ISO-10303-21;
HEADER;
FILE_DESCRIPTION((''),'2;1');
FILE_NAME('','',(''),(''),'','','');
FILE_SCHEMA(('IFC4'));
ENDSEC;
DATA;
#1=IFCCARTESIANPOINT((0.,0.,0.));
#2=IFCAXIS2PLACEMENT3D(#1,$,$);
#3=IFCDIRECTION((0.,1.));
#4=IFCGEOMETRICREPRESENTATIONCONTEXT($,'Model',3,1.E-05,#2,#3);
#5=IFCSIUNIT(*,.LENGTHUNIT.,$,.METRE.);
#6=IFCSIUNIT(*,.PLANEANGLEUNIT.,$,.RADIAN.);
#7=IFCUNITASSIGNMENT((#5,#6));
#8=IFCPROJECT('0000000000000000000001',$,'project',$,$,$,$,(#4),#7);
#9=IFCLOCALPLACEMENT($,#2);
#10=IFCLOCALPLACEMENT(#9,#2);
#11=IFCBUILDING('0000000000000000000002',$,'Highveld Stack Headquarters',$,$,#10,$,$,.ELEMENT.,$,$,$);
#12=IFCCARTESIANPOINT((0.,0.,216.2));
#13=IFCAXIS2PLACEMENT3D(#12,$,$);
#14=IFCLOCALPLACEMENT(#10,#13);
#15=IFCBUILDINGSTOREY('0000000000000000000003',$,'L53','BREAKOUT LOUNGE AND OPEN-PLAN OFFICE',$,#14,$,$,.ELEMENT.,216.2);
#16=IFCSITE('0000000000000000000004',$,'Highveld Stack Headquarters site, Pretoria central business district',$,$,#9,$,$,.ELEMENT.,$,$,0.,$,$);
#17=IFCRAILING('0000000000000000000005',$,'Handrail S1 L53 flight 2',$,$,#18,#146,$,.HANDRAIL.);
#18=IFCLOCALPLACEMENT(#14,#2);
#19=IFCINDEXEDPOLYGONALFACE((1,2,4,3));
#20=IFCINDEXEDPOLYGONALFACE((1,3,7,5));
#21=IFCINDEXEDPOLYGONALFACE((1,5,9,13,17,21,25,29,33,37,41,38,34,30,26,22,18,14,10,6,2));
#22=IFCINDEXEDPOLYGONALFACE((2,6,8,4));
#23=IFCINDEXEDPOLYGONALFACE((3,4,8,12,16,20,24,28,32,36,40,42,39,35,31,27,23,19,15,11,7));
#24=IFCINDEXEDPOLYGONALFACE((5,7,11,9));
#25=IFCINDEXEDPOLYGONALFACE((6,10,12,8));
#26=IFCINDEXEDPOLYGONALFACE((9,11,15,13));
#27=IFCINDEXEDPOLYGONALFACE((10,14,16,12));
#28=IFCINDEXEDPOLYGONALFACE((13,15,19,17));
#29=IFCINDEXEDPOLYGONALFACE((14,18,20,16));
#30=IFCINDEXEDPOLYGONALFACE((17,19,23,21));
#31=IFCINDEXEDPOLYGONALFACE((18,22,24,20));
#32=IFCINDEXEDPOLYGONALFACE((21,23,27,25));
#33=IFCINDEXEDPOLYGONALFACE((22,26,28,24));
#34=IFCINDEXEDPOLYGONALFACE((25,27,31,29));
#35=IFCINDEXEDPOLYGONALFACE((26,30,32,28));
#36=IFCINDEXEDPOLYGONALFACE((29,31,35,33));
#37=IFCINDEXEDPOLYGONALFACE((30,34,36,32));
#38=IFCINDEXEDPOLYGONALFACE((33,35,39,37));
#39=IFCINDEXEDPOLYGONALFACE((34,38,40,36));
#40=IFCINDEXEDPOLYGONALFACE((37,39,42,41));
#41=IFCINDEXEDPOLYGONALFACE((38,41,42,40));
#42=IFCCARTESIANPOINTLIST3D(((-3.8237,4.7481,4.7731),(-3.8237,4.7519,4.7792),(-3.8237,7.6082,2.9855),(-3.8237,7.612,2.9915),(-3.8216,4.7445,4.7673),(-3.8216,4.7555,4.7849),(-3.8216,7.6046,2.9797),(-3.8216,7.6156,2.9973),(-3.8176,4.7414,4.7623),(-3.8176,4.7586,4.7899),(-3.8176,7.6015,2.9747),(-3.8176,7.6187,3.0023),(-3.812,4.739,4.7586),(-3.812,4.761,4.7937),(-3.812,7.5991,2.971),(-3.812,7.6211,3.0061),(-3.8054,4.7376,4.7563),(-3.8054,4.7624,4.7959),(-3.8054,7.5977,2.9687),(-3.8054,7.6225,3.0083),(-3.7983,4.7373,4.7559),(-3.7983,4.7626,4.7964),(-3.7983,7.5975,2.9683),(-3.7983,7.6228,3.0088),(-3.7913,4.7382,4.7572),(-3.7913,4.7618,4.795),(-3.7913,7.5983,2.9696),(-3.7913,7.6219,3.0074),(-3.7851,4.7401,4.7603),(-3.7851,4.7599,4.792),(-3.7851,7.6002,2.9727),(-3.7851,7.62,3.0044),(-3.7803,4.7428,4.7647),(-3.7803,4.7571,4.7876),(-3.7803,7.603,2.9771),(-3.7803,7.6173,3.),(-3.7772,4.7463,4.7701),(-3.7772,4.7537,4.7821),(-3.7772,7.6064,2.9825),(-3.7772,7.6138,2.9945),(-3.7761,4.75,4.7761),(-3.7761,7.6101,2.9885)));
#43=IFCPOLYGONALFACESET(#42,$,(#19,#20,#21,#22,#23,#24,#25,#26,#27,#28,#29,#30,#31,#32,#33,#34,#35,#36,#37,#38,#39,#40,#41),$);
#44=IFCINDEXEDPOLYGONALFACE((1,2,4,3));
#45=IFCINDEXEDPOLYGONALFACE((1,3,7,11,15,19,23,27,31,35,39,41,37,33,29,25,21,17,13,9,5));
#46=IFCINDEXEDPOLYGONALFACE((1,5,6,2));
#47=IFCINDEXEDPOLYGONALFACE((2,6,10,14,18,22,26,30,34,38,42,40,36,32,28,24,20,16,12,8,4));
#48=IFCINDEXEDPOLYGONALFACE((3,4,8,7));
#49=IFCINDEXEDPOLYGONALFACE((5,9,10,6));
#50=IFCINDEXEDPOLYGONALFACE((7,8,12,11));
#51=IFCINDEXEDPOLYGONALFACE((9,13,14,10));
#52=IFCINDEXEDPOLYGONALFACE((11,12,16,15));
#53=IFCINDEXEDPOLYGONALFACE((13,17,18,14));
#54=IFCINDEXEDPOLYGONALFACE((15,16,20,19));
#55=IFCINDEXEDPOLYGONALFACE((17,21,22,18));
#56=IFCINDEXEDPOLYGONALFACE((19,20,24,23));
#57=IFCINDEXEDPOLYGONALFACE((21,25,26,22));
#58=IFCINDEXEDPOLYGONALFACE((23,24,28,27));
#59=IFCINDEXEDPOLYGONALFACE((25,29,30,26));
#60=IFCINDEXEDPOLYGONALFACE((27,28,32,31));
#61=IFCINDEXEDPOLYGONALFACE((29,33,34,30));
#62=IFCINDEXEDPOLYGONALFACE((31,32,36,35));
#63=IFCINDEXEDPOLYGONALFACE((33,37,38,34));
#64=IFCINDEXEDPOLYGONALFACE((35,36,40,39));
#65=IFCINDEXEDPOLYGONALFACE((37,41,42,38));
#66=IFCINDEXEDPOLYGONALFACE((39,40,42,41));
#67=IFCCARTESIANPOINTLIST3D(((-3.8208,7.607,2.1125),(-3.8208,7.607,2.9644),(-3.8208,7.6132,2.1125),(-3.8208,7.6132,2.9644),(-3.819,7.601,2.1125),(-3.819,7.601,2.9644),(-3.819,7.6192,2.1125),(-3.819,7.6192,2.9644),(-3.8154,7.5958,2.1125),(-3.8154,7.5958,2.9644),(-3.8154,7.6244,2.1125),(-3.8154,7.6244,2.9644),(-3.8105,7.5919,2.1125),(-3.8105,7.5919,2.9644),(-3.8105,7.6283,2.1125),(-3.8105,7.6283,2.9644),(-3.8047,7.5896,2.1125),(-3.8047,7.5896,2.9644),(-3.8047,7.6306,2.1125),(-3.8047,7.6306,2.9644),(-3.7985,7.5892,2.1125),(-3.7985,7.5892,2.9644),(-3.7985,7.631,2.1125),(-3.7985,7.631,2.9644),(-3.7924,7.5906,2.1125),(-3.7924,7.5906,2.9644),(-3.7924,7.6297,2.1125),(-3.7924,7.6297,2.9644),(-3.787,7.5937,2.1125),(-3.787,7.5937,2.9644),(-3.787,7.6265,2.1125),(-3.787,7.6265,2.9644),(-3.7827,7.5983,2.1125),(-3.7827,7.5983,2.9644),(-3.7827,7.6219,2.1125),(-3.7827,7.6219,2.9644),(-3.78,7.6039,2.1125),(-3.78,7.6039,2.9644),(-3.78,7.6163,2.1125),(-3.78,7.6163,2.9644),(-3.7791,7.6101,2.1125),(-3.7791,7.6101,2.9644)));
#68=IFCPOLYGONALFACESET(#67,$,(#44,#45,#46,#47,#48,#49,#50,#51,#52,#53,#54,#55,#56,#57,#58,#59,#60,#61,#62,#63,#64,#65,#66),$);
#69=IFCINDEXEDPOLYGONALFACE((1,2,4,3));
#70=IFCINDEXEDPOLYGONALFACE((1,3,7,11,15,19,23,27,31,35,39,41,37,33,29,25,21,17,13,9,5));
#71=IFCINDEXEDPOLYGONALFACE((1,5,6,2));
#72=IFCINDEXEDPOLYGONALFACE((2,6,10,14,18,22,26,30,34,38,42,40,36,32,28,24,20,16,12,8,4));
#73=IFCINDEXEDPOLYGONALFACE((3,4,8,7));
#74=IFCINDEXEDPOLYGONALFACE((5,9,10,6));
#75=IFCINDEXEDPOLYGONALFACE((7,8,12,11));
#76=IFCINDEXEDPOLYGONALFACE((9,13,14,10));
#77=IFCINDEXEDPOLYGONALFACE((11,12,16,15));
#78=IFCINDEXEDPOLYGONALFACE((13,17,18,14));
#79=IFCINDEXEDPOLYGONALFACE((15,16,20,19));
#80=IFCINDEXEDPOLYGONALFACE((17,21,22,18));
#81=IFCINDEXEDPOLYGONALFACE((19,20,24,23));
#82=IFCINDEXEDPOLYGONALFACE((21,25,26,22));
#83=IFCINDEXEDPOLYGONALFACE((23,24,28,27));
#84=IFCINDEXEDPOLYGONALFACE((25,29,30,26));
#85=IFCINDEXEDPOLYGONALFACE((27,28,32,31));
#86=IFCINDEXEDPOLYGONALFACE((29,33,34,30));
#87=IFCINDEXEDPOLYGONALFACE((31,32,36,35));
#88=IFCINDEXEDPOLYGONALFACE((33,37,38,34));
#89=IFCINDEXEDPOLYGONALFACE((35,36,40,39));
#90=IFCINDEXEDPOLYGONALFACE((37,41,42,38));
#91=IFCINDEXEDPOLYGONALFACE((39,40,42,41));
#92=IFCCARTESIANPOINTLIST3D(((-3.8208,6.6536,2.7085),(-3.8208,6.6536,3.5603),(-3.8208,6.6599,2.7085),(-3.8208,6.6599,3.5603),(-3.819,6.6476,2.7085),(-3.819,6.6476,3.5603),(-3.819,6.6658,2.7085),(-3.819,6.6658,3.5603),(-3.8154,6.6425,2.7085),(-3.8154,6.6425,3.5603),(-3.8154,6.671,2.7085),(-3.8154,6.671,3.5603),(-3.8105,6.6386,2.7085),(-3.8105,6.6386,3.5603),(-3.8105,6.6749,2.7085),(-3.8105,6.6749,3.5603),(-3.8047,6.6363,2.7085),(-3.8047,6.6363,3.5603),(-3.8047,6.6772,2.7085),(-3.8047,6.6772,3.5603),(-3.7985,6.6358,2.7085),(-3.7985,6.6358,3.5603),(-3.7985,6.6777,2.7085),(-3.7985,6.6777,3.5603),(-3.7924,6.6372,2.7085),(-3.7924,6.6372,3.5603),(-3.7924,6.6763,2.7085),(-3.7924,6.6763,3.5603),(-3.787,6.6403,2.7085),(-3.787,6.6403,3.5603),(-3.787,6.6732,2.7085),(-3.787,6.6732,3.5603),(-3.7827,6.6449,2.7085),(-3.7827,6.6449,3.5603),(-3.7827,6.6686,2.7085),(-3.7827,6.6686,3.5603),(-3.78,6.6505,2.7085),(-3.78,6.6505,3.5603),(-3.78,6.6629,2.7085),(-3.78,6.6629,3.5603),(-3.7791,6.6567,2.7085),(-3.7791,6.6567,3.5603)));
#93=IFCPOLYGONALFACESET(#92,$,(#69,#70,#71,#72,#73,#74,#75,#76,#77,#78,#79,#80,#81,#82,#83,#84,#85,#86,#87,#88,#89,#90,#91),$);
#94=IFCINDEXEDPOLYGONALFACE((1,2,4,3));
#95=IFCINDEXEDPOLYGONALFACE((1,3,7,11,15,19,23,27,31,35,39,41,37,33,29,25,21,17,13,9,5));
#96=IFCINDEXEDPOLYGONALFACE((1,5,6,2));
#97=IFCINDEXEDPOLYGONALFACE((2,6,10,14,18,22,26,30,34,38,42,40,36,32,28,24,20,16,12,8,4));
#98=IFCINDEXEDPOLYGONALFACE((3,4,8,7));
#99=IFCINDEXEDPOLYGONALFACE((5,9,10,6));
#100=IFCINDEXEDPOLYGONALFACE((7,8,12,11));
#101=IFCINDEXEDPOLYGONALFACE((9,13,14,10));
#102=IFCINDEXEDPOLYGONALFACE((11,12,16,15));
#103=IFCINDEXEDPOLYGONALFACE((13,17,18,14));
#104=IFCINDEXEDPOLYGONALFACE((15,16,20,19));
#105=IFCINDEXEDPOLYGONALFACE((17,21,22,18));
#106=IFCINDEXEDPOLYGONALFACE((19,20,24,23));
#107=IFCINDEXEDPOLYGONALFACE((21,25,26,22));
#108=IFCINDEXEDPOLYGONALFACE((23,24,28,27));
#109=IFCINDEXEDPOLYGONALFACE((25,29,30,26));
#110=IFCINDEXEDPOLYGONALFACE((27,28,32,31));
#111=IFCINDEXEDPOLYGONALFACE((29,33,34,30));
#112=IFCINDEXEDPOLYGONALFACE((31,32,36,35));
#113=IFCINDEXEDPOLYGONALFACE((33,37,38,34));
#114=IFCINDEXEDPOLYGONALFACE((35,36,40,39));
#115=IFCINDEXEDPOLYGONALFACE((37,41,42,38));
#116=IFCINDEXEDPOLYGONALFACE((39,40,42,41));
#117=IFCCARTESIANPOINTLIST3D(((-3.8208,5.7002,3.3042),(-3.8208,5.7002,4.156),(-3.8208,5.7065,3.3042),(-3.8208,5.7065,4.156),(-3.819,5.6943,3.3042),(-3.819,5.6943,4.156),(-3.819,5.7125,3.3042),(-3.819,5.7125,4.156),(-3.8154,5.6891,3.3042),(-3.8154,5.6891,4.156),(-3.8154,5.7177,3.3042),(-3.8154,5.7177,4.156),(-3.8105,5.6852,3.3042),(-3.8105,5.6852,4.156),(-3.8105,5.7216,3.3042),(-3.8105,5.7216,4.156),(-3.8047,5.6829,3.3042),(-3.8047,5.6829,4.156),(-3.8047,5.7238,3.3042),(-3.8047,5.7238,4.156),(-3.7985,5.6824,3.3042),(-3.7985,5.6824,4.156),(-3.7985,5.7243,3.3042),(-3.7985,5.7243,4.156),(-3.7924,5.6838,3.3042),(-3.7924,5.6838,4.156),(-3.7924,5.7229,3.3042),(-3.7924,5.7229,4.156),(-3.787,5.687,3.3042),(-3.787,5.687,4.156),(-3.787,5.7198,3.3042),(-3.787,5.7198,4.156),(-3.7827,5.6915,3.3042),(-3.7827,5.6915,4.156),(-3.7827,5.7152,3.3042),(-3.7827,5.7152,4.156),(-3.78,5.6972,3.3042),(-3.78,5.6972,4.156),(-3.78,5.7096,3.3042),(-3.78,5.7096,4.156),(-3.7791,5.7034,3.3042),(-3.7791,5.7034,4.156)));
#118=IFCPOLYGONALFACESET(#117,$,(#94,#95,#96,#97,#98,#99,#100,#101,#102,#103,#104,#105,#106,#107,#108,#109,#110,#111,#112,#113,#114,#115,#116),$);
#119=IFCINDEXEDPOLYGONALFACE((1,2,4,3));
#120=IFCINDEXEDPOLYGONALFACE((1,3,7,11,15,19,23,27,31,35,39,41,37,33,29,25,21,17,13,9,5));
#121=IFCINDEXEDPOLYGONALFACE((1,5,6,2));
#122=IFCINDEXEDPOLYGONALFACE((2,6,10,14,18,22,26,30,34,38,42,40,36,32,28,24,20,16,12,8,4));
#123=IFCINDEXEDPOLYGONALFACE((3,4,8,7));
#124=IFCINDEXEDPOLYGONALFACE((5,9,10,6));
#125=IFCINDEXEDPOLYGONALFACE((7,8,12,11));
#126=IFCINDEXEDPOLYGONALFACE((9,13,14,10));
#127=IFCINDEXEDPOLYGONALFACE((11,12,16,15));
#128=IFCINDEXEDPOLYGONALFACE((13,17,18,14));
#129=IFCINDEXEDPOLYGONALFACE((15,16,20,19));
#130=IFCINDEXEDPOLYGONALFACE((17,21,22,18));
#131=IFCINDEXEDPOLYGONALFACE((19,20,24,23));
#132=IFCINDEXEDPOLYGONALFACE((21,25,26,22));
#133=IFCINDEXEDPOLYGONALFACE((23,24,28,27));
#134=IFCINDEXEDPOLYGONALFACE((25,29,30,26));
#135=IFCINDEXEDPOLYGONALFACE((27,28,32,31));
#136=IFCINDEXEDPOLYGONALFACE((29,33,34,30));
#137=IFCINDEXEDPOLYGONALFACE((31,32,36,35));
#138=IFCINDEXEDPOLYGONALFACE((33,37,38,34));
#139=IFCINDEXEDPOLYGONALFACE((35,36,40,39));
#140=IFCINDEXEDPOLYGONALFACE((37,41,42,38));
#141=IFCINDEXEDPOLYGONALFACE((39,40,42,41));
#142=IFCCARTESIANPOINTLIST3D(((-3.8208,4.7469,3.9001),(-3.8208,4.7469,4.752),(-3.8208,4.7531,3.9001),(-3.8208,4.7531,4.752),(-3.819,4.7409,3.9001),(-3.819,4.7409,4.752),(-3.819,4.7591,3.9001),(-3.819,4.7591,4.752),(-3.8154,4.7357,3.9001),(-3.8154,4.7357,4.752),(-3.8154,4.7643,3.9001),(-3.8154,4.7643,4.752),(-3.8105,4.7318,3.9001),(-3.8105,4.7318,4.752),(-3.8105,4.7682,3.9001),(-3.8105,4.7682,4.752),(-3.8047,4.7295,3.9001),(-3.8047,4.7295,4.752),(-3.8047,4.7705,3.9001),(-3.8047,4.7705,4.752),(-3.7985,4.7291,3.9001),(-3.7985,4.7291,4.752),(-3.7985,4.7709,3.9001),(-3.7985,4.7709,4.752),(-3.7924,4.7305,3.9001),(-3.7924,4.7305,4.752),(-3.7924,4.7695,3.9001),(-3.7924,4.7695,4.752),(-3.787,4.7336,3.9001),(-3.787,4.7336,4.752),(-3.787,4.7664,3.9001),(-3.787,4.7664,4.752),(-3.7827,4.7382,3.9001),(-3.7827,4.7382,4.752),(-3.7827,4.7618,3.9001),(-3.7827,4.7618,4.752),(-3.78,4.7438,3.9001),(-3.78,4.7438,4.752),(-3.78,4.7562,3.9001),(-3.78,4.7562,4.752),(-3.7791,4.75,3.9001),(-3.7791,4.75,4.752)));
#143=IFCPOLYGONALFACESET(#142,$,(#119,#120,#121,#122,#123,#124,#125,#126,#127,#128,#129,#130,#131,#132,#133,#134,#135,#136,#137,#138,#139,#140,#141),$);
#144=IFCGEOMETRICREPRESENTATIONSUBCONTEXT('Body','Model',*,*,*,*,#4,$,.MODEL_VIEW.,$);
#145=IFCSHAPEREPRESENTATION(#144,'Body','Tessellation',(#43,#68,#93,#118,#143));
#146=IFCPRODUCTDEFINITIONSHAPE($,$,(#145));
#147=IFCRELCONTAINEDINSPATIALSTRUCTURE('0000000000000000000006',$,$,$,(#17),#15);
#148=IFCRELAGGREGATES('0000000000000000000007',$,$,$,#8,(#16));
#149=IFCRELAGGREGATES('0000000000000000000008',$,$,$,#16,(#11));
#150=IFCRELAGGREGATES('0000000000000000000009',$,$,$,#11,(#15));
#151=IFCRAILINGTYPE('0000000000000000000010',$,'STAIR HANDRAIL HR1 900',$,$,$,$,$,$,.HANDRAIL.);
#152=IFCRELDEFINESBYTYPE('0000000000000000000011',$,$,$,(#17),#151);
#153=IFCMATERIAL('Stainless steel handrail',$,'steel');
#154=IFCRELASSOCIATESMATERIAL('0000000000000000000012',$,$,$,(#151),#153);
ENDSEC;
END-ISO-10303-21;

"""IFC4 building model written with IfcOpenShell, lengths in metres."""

from ifc_helpers import new_model, si_unit, direction, frame, origin, origin_2d, place, context, subcontext, project, spatial, circle, extrude, material, type_object, element, save


model = new_model("IFC4")

# Units and contexts
model_context = context("Model", 3, precision=1e-05, world=origin(), true_north=direction((0.0, 1.0)))
body_context = subcontext(model_context, "Body", "Model", "MODEL_VIEW")
ifc_project = project(units=[si_unit("LENGTHUNIT", "METRE"), si_unit("PLANEANGLEUNIT", "RADIAN")], contexts=[model_context])

# Site, building, storey
site_placement = place(None, origin())
site = spatial("IfcSite", under=ifc_project, at=site_placement, Name="Highveld Stack Headquarters site, Pretoria central business district", CompositionType="ELEMENT", RefElevation=0.0)
building_placement = place(site_placement, origin())
building = spatial("IfcBuilding", under=site, at=building_placement, Name="Highveld Stack Headquarters", CompositionType="ELEMENT")
storey_placement = place(building_placement, frame((0.0, 0.0, 216.2)))
storey = spatial("IfcBuildingStorey", under=building, at=storey_placement, Name="L53", Description="BREAKOUT LOUNGE AND OPEN-PLAN OFFICE", CompositionType="ELEMENT", Elevation=216.2)

# Railing
ifc_material_1 = material(Name="Stainless steel handrail", Category="steel")
railing_type = type_object("IfcRailingType", Name="STAIR HANDRAIL HR1 900", PredefinedType="HANDRAIL", material=ifc_material_1)
for number, where, name in (
    (1, (-3.8, 7.6101, 2.1125), "Handrail S1 L53 flight 2"),
):
    element("IfcRailing", number, at=place(storey_placement, frame(where)), inside=storey, type_object=railing_type, Name=name, PredefinedType="HANDRAIL", context=body_context, shape_type="SweptSolid", body=[
        extrude(circle(Radius=0.0239, at=origin_2d()), frame((0.0, 0.0, 0.876), z_axis=(0.0, -0.847994, 0.530005), x_axis=(1.0, 0.0, 0.0)), (0.0, 0.0, 1.0), 3.3728),
        extrude(circle(Radius=0.021, at=origin_2d()), origin(), (0.0, 0.0, 1.0), 0.8518),
        extrude(circle(Radius=0.021, at=origin_2d()), frame((0.0, -0.9534, 0.5959)), (0.0, 0.0, 1.0), 0.8518),
        extrude(circle(Radius=0.021, at=origin_2d()), frame((0.0, -1.9067, 1.1917)), (0.0, 0.0, 1.0), 0.8518),
        extrude(circle(Radius=0.021, at=origin_2d()), frame((0.0, -2.8601, 1.7876)), (0.0, 0.0, 1.0), 0.8518),
    ])

save(model, "model.ifc")
